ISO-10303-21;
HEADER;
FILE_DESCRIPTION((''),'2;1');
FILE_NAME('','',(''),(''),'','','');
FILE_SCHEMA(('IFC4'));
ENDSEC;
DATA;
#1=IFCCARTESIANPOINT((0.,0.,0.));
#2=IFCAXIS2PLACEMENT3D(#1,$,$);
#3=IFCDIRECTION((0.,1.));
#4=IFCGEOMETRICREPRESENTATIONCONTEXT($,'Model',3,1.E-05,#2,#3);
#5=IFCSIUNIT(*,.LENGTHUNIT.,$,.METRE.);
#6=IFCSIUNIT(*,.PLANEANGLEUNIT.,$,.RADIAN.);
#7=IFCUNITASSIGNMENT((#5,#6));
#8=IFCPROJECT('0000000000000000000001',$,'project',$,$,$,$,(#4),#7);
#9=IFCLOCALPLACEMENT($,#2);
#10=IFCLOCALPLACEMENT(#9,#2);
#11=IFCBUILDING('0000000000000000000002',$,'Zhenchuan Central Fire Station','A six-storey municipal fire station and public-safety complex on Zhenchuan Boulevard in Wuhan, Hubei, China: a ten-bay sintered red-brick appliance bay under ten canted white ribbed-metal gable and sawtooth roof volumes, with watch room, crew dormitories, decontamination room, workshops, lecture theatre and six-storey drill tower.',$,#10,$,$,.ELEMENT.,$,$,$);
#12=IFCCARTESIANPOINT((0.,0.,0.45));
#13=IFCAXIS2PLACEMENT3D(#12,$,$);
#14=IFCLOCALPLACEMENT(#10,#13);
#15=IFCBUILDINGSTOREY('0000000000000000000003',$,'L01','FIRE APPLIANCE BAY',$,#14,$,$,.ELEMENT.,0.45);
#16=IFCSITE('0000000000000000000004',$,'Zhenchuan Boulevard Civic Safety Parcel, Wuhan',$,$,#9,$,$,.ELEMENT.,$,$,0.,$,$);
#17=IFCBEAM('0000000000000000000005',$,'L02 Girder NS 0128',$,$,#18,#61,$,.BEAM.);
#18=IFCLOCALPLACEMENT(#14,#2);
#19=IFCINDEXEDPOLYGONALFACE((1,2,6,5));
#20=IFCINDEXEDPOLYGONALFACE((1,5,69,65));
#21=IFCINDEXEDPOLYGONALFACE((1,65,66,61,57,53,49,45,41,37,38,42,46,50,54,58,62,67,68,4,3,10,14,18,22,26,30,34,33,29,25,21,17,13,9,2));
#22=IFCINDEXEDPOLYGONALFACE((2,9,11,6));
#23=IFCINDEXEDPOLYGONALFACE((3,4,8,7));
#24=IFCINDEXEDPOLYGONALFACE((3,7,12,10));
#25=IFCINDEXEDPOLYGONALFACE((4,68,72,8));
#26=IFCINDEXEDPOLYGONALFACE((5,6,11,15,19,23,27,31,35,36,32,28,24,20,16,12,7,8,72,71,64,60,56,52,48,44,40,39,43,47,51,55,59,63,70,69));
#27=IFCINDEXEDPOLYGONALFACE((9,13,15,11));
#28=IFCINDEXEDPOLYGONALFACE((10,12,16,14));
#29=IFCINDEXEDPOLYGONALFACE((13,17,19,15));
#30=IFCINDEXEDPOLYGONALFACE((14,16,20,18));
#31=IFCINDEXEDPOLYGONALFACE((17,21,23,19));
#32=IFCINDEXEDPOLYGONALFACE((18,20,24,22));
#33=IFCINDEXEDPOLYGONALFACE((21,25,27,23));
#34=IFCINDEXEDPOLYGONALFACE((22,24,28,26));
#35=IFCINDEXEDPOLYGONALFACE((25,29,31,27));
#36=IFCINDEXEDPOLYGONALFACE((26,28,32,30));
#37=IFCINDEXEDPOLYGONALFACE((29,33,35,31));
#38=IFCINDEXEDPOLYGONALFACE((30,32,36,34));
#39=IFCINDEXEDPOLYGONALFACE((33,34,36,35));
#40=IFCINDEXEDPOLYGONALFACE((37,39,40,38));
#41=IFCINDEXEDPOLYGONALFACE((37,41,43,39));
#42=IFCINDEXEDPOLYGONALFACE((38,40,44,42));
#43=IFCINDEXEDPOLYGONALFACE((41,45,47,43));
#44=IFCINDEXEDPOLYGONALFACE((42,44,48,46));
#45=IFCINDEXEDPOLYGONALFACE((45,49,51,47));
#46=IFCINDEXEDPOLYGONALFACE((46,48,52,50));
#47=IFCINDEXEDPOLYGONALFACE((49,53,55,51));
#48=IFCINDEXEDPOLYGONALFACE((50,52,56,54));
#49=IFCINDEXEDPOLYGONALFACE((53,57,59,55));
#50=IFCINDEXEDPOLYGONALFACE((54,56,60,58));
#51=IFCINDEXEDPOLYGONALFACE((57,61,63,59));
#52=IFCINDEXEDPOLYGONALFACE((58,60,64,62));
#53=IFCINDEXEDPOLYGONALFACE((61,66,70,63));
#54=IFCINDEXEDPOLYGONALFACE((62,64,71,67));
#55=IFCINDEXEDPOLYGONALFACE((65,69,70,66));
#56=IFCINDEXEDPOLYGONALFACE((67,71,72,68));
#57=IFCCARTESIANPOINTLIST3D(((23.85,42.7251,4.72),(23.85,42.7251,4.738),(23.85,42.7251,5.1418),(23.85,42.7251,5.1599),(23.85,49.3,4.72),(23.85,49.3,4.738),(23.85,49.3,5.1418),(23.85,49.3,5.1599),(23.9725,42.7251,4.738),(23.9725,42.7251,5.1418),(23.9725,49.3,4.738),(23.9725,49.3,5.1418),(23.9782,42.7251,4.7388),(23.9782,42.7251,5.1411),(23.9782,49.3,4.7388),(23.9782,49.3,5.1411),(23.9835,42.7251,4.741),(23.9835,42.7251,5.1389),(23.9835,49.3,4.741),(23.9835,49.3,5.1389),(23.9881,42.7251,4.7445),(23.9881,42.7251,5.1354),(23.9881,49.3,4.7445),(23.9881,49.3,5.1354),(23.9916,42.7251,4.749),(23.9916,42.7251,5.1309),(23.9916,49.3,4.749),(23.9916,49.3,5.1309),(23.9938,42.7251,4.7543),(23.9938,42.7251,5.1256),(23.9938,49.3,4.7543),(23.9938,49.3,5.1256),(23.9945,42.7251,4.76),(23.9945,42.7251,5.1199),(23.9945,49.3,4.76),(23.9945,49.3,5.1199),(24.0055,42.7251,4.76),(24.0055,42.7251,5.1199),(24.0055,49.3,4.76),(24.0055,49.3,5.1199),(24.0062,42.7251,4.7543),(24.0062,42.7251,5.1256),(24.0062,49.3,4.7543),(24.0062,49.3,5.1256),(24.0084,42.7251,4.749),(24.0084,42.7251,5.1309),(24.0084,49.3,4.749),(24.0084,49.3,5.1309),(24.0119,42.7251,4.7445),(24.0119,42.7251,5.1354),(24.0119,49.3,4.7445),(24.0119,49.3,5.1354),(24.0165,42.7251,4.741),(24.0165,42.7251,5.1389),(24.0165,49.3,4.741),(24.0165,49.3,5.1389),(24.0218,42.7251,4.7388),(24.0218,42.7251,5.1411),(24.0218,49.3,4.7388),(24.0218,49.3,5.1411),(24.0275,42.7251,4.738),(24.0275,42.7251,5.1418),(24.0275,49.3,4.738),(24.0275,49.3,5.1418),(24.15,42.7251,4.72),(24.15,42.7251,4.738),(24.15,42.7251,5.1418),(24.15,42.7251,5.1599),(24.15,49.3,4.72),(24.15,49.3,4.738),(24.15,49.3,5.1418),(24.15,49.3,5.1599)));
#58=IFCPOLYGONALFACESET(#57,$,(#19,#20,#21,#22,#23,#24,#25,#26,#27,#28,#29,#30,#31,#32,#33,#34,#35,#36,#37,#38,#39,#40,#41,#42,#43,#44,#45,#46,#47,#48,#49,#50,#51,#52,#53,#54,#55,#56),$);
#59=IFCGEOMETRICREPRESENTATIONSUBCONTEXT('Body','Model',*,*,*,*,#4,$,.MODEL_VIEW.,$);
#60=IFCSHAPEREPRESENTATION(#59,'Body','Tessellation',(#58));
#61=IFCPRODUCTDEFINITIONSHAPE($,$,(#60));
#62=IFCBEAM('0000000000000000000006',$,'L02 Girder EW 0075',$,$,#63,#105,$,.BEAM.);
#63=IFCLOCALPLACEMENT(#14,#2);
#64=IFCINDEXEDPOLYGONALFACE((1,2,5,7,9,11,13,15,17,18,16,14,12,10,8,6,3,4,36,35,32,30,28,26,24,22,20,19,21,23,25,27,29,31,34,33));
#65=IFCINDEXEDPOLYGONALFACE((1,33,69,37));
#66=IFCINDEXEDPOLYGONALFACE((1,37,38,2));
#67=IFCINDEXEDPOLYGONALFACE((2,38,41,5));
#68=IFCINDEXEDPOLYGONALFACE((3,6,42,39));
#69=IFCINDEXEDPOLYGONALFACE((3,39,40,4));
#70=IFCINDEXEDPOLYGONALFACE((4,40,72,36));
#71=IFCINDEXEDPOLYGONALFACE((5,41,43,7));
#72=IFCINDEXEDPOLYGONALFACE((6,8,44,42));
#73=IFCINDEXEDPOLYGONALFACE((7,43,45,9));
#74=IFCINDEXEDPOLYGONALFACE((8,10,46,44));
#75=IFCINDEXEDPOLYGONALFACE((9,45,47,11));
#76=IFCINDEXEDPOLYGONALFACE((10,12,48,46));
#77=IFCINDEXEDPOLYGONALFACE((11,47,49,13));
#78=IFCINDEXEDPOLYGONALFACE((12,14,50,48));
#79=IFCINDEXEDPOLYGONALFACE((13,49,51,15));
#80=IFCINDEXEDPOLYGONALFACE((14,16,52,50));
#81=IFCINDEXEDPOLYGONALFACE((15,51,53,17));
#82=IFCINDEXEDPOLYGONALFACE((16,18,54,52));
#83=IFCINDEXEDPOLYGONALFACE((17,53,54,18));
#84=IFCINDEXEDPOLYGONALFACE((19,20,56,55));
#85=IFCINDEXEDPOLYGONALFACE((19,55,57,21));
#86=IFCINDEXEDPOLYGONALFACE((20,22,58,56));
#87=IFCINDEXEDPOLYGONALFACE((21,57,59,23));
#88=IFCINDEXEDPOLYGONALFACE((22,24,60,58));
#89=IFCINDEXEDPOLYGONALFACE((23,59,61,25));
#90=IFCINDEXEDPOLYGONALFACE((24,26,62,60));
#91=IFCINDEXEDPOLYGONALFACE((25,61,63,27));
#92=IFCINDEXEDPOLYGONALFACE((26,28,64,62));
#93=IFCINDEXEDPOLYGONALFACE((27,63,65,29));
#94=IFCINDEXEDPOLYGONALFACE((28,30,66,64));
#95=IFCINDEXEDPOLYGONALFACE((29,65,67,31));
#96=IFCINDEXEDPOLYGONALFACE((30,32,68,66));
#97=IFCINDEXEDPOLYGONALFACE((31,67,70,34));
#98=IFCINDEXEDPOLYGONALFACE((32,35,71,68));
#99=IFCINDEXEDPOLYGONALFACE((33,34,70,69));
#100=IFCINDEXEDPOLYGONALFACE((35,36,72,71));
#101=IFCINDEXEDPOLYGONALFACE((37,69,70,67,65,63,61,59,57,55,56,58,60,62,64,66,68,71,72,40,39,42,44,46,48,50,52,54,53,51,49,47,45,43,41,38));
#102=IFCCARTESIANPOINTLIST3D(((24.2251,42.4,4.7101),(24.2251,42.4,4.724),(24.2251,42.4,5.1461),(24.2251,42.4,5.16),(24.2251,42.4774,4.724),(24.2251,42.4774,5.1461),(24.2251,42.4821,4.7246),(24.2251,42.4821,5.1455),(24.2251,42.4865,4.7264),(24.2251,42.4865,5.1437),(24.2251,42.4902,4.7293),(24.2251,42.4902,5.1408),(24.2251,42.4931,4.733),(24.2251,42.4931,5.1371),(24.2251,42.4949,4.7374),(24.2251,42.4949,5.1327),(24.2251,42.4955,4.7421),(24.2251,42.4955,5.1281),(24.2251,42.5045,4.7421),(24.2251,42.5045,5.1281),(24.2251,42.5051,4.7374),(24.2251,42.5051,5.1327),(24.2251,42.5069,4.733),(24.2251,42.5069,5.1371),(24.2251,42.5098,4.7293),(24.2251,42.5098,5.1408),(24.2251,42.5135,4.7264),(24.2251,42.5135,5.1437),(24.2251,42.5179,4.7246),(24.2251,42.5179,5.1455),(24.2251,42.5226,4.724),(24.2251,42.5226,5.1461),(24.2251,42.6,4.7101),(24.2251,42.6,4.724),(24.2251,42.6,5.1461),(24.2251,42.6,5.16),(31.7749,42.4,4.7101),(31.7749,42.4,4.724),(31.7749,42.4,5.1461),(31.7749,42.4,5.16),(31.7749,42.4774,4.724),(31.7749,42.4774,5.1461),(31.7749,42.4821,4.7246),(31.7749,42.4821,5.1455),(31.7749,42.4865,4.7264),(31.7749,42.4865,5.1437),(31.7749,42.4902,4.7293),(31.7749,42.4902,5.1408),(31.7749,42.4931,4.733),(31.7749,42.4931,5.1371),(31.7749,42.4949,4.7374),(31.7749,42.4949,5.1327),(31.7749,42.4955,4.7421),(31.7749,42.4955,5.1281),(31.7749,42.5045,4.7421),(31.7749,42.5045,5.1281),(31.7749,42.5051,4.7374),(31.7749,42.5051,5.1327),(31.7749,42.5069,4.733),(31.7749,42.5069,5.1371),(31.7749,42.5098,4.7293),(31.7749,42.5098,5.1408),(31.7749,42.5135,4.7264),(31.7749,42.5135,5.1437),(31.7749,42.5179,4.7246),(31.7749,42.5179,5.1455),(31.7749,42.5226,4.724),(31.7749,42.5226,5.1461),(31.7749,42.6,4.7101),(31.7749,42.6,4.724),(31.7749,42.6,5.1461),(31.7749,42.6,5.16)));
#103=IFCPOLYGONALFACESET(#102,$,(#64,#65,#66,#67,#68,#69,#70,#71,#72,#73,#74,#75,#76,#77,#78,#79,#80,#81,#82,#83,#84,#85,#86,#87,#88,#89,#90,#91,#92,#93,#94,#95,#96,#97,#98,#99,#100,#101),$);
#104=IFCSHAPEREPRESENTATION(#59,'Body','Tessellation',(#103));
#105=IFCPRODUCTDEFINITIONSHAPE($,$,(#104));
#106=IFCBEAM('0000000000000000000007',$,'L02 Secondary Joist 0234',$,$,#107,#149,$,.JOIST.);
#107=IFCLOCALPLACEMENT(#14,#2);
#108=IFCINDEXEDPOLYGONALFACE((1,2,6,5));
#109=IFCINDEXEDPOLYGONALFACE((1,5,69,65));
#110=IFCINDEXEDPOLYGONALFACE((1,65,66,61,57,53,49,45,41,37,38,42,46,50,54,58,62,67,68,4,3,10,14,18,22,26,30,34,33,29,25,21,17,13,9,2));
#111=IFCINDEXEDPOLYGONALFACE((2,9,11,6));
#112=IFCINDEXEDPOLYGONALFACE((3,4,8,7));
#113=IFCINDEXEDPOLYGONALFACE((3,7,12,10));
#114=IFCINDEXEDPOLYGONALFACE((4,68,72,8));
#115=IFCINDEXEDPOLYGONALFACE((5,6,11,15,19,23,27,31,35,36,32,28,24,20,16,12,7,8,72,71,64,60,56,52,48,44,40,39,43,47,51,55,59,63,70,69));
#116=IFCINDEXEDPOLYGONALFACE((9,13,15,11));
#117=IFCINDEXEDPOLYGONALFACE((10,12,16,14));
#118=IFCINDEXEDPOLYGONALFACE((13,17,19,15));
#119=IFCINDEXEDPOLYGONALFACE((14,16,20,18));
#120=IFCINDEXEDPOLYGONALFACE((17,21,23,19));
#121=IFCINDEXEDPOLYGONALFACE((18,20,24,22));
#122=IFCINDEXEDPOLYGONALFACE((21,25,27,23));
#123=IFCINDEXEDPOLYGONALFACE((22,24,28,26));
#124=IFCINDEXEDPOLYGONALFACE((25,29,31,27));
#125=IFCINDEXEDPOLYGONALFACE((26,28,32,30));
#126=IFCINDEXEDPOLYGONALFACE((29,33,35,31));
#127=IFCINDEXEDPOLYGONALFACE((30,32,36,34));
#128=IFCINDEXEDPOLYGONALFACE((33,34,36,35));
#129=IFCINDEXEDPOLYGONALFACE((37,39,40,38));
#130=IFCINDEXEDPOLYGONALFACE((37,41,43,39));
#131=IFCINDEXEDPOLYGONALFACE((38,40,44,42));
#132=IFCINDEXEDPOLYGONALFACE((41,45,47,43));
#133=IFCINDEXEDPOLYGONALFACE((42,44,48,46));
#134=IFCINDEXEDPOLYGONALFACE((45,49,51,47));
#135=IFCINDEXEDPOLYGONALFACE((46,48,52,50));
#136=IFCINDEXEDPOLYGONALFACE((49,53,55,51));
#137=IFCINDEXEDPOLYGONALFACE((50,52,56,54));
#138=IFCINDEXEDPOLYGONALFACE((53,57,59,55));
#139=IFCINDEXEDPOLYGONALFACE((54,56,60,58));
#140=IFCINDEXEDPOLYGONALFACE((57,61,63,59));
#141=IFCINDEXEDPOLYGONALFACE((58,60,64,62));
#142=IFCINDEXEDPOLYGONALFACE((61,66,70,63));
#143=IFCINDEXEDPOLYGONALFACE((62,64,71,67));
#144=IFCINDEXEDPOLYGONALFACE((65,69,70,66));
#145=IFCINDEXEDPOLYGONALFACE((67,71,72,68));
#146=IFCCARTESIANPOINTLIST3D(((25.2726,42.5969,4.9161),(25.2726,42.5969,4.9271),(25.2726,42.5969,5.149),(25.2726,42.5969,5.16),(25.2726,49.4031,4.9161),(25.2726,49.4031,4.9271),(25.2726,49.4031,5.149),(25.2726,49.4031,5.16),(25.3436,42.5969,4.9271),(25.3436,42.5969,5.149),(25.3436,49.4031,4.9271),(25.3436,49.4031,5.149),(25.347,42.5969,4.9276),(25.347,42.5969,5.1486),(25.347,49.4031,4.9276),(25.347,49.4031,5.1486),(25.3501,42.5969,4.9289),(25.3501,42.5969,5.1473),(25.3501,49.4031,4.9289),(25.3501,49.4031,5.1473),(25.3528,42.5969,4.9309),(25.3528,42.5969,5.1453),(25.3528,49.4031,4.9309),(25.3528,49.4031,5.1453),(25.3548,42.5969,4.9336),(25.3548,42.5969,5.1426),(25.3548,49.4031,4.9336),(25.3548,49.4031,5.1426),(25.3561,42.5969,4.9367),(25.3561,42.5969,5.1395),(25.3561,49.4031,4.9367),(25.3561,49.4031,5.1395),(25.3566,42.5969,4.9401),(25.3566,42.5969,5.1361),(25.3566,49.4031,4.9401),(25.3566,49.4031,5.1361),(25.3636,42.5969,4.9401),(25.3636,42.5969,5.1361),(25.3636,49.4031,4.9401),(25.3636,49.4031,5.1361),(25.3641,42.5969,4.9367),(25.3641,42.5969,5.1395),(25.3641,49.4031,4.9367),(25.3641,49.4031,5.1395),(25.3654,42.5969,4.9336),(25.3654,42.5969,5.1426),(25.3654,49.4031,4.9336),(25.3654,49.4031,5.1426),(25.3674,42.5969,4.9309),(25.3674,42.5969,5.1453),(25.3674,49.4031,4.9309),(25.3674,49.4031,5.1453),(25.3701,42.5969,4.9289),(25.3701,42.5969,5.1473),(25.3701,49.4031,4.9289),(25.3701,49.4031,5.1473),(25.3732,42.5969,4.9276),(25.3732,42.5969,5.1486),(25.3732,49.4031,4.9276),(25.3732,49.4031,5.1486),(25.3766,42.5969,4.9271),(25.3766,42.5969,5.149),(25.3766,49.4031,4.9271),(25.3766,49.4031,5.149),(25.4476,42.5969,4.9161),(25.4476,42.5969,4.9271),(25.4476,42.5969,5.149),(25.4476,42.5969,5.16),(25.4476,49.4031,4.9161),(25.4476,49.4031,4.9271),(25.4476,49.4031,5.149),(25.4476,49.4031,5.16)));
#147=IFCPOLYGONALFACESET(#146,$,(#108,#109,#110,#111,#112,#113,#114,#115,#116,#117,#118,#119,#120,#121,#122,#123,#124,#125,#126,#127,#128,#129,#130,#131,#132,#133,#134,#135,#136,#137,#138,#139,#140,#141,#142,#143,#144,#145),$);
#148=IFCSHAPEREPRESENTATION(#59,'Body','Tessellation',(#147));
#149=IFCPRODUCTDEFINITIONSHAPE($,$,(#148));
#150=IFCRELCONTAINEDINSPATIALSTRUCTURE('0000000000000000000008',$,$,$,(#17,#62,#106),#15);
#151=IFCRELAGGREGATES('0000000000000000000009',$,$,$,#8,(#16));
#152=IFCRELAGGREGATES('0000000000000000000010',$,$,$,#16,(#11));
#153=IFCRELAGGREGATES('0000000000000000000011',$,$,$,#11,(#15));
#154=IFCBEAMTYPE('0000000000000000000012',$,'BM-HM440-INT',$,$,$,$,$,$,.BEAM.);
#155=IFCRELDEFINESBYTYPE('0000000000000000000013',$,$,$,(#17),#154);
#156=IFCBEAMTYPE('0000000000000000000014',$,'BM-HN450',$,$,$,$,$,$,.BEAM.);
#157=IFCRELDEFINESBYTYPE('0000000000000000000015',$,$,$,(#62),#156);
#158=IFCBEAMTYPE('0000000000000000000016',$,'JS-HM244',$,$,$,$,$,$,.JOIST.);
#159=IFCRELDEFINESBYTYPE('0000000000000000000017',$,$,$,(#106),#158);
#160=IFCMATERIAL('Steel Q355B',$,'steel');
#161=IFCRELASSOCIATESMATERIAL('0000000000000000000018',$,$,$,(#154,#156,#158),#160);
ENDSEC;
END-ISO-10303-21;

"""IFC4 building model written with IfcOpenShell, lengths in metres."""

from ifc_helpers import new_model, si_unit, direction, frame, origin, origin_2d, place, context, subcontext, project, spatial, i_section, extrude, material, material_profile, profile_set, type_object, element, save


model = new_model("IFC4")

# Units and contexts
model_context = context("Model", 3, precision=1e-05, world=origin(), true_north=direction((0.0, 1.0)))
body_context = subcontext(model_context, "Body", "Model", "MODEL_VIEW")
ifc_project = project(units=[si_unit("LENGTHUNIT", "METRE"), si_unit("PLANEANGLEUNIT", "RADIAN")], contexts=[model_context])

# Site, building, storey
site_placement = place(None, origin())
site = spatial("IfcSite", under=ifc_project, at=site_placement, Name="Zhenchuan Boulevard Civic Safety Parcel, Wuhan", CompositionType="ELEMENT", RefElevation=0.0)
building_placement = place(site_placement, origin())
building = spatial("IfcBuilding", under=site, at=building_placement, Name="Zhenchuan Central Fire Station", Description="A six-storey municipal fire station and public-safety complex on Zhenchuan Boulevard in Wuhan, Hubei, China: a ten-bay sintered red-brick appliance bay under ten canted white ribbed-metal gable and sawtooth roof volumes, with watch room, crew dormitories, decontamination room, workshops, lecture theatre and six-storey drill tower.", CompositionType="ELEMENT")
storey_placement = place(building_placement, frame((0.0, 0.0, 0.45)))
storey = spatial("IfcBuildingStorey", under=building, at=storey_placement, Name="L01", Description="FIRE APPLIANCE BAY", CompositionType="ELEMENT", Elevation=0.45)

# Shared definitions
ifc_material_1 = material(Name="Steel Q355B", Category="steel")

# Beams
ifc_material_profile_1 = material_profile(ifc_material_1, i_section(OverallWidth=0.3, OverallDepth=0.4399, WebThickness=0.011, FlangeThickness=0.0181, FilletRadius=0.022, at=origin_2d()), Name="HM 440x300")
ifc_profile_set_1 = profile_set([ifc_material_profile_1], Name="Steel Q355B")
beam_type_1 = type_object("IfcBeamType", Name="BM-HM440-INT", PredefinedType="BEAM", material=ifc_profile_set_1)
beam_1_placement = place(storey_placement, frame((24.0, 42.7251, 4.9399), z_axis=(0.0, 1.0, 0.0), x_axis=(-1.0, 0.0, 0.0)))
element("IfcBeam", 1, at=beam_1_placement, inside=storey, type_object=beam_type_1, Name="L02 Girder NS 0128", PredefinedType="BEAM", context=body_context, shape_type="SweptSolid", body=[
    extrude(i_section(OverallWidth=0.3, OverallDepth=0.4399, WebThickness=0.011, FlangeThickness=0.0181, FilletRadius=0.022, at=origin_2d()), origin(), (0.0, 0.0, 1.0), 6.575),
])
ifc_material_profile_2 = material_profile(ifc_material_1, i_section(OverallWidth=0.2, OverallDepth=0.45, WebThickness=0.009, FlangeThickness=0.0139, FilletRadius=0.0181, at=origin_2d()), Name="HN 450x200")
ifc_profile_set_2 = profile_set([ifc_material_profile_2], Name="Steel Q355B")
beam_type_2 = type_object("IfcBeamType", Name="BM-HN450", PredefinedType="BEAM", material=ifc_profile_set_2)
beam_2_placement = place(storey_placement, frame((24.2251, 42.5, 4.9351), z_axis=(1.0, 0.0, 0.0), x_axis=(0.0, 1.0, 0.0)))
element("IfcBeam", 2, at=beam_2_placement, inside=storey, type_object=beam_type_2, Name="L02 Girder EW 0075", PredefinedType="BEAM", context=body_context, shape_type="SweptSolid", body=[
    extrude(i_section(OverallWidth=0.2, OverallDepth=0.45, WebThickness=0.009, FlangeThickness=0.0139, FilletRadius=0.0181, at=origin_2d()), origin(), (0.0, 0.0, 1.0), 7.5498),
])
ifc_material_profile_3 = material_profile(ifc_material_1, i_section(OverallWidth=0.175, OverallDepth=0.2439, WebThickness=0.0071, FlangeThickness=0.011, FilletRadius=0.0129, at=origin_2d()), Name="HM 244x175")
ifc_profile_set_3 = profile_set([ifc_material_profile_3], Name="Steel Q355B")
beam_type_3 = type_object("IfcBeamType", Name="JS-HM244", PredefinedType="JOIST", material=ifc_profile_set_3)
beam_3_placement = place(storey_placement, frame((25.3601, 42.5969, 5.0381), z_axis=(0.0, 1.0, 0.0), x_axis=(-1.0, 0.0, 0.0)))
element("IfcBeam", 3, at=beam_3_placement, inside=storey, type_object=beam_type_3, Name="L02 Secondary Joist 0234", PredefinedType="JOIST", context=body_context, shape_type="SweptSolid", body=[
    extrude(i_section(OverallWidth=0.175, OverallDepth=0.2439, WebThickness=0.0071, FlangeThickness=0.011, FilletRadius=0.0129, at=origin_2d()), origin(), (0.0, 0.0, 1.0), 6.8062),
])

save(model, "model.ifc")
